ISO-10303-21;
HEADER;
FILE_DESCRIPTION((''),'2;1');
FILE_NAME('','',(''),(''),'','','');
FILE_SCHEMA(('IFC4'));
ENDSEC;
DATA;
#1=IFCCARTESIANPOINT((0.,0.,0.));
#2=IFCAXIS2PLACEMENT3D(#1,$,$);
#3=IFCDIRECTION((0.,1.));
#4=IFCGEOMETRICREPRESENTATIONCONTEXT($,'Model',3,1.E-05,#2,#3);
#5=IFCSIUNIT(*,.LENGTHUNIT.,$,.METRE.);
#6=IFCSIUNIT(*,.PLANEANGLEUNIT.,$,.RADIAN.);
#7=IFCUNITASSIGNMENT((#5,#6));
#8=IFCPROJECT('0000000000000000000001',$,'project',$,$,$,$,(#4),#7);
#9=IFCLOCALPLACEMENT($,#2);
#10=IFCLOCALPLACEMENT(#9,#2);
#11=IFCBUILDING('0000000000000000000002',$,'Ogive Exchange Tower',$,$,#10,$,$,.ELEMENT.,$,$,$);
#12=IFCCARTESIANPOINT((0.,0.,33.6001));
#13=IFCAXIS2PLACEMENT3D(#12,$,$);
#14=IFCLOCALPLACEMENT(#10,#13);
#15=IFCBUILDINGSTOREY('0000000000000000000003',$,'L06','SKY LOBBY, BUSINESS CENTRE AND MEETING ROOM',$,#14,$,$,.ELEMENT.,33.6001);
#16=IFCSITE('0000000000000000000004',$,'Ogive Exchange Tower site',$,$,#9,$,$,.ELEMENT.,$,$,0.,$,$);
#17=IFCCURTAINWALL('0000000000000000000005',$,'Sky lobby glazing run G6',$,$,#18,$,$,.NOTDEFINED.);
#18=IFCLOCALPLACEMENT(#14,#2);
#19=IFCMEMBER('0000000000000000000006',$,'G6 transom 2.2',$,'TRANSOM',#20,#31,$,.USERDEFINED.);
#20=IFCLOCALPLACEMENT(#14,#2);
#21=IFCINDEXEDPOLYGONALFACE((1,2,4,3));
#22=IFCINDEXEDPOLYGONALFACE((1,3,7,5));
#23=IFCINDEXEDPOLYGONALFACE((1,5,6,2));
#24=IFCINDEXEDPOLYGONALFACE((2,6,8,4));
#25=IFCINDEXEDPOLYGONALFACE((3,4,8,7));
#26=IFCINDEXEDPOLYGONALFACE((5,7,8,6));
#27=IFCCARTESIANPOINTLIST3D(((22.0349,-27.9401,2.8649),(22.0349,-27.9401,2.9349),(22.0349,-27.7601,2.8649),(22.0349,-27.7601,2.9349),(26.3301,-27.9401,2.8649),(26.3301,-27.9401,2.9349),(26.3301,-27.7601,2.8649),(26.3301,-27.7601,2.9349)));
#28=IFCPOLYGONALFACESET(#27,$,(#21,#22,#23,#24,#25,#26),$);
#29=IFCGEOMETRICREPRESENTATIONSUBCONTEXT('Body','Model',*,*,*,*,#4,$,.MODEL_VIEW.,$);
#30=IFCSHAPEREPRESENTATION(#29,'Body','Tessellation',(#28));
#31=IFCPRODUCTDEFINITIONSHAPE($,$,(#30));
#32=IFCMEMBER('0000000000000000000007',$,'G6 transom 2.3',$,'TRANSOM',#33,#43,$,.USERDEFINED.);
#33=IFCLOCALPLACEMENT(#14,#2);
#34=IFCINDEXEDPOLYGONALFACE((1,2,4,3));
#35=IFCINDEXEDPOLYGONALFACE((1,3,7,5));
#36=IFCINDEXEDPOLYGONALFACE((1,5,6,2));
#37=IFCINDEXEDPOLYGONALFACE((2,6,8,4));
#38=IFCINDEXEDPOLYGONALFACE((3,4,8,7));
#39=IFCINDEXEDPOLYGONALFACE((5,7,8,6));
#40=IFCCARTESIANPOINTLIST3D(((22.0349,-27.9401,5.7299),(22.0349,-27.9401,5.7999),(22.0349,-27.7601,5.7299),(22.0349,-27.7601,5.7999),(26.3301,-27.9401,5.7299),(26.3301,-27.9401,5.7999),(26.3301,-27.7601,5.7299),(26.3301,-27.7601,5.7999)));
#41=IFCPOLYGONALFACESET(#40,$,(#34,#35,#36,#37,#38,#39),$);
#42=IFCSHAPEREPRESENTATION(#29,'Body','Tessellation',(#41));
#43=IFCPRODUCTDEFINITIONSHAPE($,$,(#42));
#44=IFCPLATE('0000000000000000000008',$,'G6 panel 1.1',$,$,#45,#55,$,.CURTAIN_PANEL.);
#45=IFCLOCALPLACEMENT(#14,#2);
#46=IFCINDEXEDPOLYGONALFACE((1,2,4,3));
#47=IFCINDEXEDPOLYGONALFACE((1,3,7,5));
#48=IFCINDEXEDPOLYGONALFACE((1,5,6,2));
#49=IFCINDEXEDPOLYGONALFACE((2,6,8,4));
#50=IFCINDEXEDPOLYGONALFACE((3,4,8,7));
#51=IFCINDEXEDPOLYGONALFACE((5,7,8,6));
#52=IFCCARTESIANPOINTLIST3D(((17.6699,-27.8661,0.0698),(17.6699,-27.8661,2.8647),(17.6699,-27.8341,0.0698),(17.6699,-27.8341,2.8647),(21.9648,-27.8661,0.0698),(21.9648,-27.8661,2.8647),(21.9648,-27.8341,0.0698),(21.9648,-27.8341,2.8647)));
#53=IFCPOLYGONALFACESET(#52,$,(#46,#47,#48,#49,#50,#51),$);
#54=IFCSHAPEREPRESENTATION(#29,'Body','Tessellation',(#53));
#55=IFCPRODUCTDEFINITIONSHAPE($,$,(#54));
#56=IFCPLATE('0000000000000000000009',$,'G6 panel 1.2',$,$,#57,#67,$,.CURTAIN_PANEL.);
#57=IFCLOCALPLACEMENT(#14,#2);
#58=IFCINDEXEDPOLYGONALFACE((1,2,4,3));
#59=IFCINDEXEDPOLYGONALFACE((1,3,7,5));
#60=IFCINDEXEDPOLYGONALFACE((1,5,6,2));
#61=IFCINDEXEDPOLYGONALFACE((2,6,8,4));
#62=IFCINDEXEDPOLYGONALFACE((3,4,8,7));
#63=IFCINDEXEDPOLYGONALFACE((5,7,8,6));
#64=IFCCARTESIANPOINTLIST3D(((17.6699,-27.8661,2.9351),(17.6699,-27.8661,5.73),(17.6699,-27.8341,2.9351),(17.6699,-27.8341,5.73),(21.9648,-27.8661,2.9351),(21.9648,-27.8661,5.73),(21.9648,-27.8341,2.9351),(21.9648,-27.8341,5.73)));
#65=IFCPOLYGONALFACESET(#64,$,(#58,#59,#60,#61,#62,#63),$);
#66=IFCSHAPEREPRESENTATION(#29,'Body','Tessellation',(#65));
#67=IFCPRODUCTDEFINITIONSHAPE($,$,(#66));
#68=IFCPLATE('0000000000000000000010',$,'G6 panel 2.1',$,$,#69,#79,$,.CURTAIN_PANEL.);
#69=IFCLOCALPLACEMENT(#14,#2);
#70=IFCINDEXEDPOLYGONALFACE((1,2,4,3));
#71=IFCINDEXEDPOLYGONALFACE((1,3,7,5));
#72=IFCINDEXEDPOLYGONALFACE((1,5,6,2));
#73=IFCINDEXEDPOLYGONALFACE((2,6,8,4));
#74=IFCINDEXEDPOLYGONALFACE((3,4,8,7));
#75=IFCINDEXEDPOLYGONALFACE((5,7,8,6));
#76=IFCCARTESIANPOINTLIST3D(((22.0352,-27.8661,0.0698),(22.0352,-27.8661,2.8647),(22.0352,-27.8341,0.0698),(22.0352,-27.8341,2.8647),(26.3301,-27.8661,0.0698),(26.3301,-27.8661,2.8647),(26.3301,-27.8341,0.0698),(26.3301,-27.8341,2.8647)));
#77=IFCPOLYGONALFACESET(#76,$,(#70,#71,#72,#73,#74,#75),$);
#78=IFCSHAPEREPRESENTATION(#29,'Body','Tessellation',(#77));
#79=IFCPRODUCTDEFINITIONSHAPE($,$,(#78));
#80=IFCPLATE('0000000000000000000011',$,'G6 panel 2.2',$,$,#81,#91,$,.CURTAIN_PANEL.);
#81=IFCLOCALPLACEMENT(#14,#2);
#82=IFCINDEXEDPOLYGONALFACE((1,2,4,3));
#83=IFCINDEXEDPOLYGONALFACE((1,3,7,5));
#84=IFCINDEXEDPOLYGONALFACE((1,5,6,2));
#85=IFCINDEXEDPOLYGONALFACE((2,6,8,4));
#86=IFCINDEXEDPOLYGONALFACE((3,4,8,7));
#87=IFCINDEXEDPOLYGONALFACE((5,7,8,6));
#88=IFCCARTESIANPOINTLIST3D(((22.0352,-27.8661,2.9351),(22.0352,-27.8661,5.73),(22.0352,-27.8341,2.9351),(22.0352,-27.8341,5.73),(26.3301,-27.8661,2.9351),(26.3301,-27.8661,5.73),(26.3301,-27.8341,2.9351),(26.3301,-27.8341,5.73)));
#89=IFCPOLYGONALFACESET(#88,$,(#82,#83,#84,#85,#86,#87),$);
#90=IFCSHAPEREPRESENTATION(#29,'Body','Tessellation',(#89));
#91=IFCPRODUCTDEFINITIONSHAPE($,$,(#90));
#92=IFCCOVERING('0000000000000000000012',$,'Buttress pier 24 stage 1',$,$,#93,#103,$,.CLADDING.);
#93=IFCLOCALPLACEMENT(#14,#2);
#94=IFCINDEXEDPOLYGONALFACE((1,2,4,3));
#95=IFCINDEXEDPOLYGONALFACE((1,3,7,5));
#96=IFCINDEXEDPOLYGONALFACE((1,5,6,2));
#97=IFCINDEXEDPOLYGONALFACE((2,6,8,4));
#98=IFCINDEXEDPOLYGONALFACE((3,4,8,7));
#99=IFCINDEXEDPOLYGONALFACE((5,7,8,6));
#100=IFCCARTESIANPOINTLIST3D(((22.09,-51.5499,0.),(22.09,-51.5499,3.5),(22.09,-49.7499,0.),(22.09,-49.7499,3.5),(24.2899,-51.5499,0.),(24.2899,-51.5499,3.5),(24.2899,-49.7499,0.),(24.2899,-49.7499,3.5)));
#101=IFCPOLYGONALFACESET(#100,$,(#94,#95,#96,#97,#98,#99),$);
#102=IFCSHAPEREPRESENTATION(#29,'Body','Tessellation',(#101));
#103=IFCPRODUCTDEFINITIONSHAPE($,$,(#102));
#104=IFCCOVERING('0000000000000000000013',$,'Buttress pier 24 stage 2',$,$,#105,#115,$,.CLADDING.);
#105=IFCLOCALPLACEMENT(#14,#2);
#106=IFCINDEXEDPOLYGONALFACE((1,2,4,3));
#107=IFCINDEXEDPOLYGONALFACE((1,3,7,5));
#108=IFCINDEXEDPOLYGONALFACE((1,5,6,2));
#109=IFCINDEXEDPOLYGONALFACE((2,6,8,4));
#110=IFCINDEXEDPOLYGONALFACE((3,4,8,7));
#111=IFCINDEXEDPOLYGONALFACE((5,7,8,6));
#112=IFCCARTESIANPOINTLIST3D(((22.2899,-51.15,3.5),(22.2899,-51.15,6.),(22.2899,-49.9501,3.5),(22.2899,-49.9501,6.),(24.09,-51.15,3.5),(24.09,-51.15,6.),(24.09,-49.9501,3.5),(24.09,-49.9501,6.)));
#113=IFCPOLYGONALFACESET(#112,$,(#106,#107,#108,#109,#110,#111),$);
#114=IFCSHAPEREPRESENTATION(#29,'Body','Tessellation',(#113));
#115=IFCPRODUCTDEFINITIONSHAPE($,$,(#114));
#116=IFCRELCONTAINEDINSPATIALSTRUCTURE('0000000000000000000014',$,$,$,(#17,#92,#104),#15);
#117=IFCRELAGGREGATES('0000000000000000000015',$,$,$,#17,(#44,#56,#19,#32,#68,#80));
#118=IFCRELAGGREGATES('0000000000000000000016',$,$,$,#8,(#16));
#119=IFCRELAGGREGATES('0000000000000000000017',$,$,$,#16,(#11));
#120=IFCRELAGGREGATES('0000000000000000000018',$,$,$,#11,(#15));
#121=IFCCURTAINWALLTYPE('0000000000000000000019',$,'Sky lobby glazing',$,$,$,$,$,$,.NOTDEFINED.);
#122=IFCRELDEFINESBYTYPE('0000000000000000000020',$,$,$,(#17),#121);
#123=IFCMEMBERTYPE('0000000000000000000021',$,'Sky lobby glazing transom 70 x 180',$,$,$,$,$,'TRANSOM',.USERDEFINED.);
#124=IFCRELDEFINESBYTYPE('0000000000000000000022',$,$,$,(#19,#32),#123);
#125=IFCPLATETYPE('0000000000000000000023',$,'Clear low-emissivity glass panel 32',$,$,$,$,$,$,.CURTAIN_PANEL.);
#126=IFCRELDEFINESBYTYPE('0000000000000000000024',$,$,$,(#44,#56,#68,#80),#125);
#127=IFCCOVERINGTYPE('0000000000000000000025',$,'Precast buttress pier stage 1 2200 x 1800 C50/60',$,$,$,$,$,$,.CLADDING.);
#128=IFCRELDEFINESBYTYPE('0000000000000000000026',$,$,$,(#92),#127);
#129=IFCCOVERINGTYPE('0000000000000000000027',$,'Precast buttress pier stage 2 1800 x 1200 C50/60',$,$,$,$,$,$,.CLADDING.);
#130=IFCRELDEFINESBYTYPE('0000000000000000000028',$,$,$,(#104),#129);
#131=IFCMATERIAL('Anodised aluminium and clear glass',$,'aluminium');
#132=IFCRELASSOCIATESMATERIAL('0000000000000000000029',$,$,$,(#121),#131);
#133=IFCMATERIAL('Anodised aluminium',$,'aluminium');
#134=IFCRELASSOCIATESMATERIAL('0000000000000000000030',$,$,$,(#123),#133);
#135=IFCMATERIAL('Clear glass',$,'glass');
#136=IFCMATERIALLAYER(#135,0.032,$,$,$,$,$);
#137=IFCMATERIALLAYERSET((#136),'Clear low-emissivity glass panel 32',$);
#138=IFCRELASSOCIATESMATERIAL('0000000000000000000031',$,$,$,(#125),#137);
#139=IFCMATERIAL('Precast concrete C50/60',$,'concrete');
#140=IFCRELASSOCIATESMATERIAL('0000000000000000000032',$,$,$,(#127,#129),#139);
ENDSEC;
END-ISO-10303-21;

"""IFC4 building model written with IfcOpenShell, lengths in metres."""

from ifc_helpers import new_model, si_unit, direction, frame, origin, origin_2d, place, context, subcontext, project, spatial, rectangle, extrude, material, layer, layer_set, material_profile, profile_set, type_object, element, aggregate, save


model = new_model("IFC4")

# Units and contexts
model_context = context("Model", 3, precision=1e-05, world=origin(), true_north=direction((0.0, 1.0)))
body_context = subcontext(model_context, "Body", "Model", "MODEL_VIEW")
ifc_project = project(units=[si_unit("LENGTHUNIT", "METRE"), si_unit("PLANEANGLEUNIT", "RADIAN")], contexts=[model_context])

# Site, building, storey
site_placement = place(None, origin())
site = spatial("IfcSite", under=ifc_project, at=site_placement, Name="Ogive Exchange Tower site", CompositionType="ELEMENT", RefElevation=0.0)
building_placement = place(site_placement, origin())
building = spatial("IfcBuilding", under=site, at=building_placement, Name="Ogive Exchange Tower", CompositionType="ELEMENT")
storey_placement = place(building_placement, frame((0.0, 0.0, 33.6001)))
storey = spatial("IfcBuildingStorey", under=building, at=storey_placement, Name="L06", Description="SKY LOBBY, BUSINESS CENTRE AND MEETING ROOM", CompositionType="ELEMENT", Elevation=33.6001)

# Curtain wall, members, plates
ifc_material_1 = material(Name="Anodised aluminium and clear glass", Category="aluminium")
curtain_wall_type = type_object("IfcCurtainWallType", Name="Sky lobby glazing", PredefinedType="NOTDEFINED", material=ifc_material_1)
curtain_wall_placement = place(storey_placement, origin())
curtain_wall = element("IfcCurtainWall", 1, at=curtain_wall_placement, inside=storey, type_object=curtain_wall_type, Name="Sky lobby glazing run G6", PredefinedType="NOTDEFINED")
ifc_material_2 = material(Name="Anodised aluminium", Category="aluminium")
ifc_material_profile_1 = material_profile(ifc_material_2, rectangle(XDim=0.1799, YDim=0.0701, at=origin_2d()), Name="AL 70x180")
ifc_profile_set_1 = profile_set([ifc_material_profile_1], Name="Anodised aluminium")
member_type_1 = type_object("IfcMemberType", Name="Sky lobby glazing transom 70 x 180", ElementType="TRANSOM", PredefinedType="USERDEFINED", material=ifc_profile_set_1)
member_1_placement = place(storey_placement, frame((22.0349, -27.8501, 2.8999), z_axis=(1.0, 0.0, 0.0), x_axis=(0.0, 1.0, 0.0)))
member_1 = element("IfcMember", 2, at=member_1_placement, type_object=member_type_1, Name="G6 transom 2.2", ObjectType="TRANSOM", PredefinedType="USERDEFINED", context=body_context, shape_type="SweptSolid", body=[
    extrude(rectangle(XDim=0.1799, YDim=0.0701, at=origin_2d()), origin(), (0.0, 0.0, 1.0), 4.2952),
])
member_2_placement = place(storey_placement, frame((22.0349, -27.8501, 5.7649), z_axis=(1.0, 0.0, 0.0), x_axis=(0.0, 1.0, 0.0)))
member_2 = element("IfcMember", 3, at=member_2_placement, type_object=member_type_1, Name="G6 transom 2.3", ObjectType="TRANSOM", PredefinedType="USERDEFINED", context=body_context, shape_type="SweptSolid", body=[
    extrude(rectangle(XDim=0.1799, YDim=0.0701, at=origin_2d()), origin(), (0.0, 0.0, 1.0), 4.2952),
])
ifc_material_3 = material(Name="Clear glass", Category="glass")
ifc_layer = layer(ifc_material_3, 0.032)
ifc_layer_set = layer_set([ifc_layer], Name="Clear low-emissivity glass panel 32")
plate_type = type_object("IfcPlateType", Name="Clear low-emissivity glass panel 32", PredefinedType="CURTAIN_PANEL", material=ifc_layer_set)
plate_1_placement = place(storey_placement, frame((19.8174, -27.8501, 0.0698), z_axis=(0.0, 0.0, 1.0), x_axis=(1.0, 0.0, 0.0)))
plate_1 = element("IfcPlate", 4, at=plate_1_placement, type_object=plate_type, Name="G6 panel 1.1", PredefinedType="CURTAIN_PANEL", context=body_context, shape_type="SweptSolid", body=[
    extrude(rectangle(XDim=4.2949, YDim=0.032, at=origin_2d()), origin(), (0.0, 0.0, 1.0), 2.7949),
])
plate_2_placement = place(storey_placement, frame((19.8174, -27.8501, 2.9351), z_axis=(0.0, 0.0, 1.0), x_axis=(1.0, 0.0, 0.0)))
plate_2 = element("IfcPlate", 5, at=plate_2_placement, type_object=plate_type, Name="G6 panel 1.2", PredefinedType="CURTAIN_PANEL", context=body_context, shape_type="SweptSolid", body=[
    extrude(rectangle(XDim=4.2949, YDim=0.032, at=origin_2d()), origin(), (0.0, 0.0, 1.0), 2.7949),
])
plate_3_placement = place(storey_placement, frame((24.1826, -27.8501, 0.0698), z_axis=(0.0, 0.0, 1.0), x_axis=(1.0, 0.0, 0.0)))
plate_3 = element("IfcPlate", 6, at=plate_3_placement, type_object=plate_type, Name="G6 panel 2.1", PredefinedType="CURTAIN_PANEL", context=body_context, shape_type="SweptSolid", body=[
    extrude(rectangle(XDim=4.2949, YDim=0.032, at=origin_2d()), origin(), (0.0, 0.0, 1.0), 2.7949),
])
plate_4_placement = place(storey_placement, frame((24.1826, -27.8501, 2.9351), z_axis=(0.0, 0.0, 1.0), x_axis=(1.0, 0.0, 0.0)))
plate_4 = element("IfcPlate", 7, at=plate_4_placement, type_object=plate_type, Name="G6 panel 2.2", PredefinedType="CURTAIN_PANEL", context=body_context, shape_type="SweptSolid", body=[
    extrude(rectangle(XDim=4.2949, YDim=0.032, at=origin_2d()), origin(), (0.0, 0.0, 1.0), 2.7949),
])
aggregate(curtain_wall, [plate_1, plate_2, member_1, member_2, plate_3, plate_4])

# Coverings
ifc_material_4 = material(Name="Precast concrete C50/60", Category="concrete")
ifc_material_profile_2 = material_profile(ifc_material_4, rectangle(XDim=2.2, YDim=1.8, at=origin_2d()), Name="BUTTRESS PIER 1 2200 x 1800")
ifc_profile_set_2 = profile_set([ifc_material_profile_2], Name="Precast concrete C50/60")
covering_type_1 = type_object("IfcCoveringType", Name="Precast buttress pier stage 1 2200 x 1800 C50/60", PredefinedType="CLADDING", material=ifc_profile_set_2)
covering_1_placement = place(storey_placement, frame((23.1899, -50.6499, 0.0), z_axis=(0.0, 0.0, 1.0), x_axis=(1.0, 0.0, 0.0)))
element("IfcCovering", 8, at=covering_1_placement, inside=storey, type_object=covering_type_1, Name="Buttress pier 24 stage 1", PredefinedType="CLADDING", context=body_context, shape_type="SweptSolid", body=[
    extrude(rectangle(XDim=2.2, YDim=1.8, at=origin_2d()), origin(), (0.0, 0.0, 1.0), 3.5),
])
ifc_material_profile_3 = material_profile(ifc_material_4, rectangle(XDim=1.8, YDim=1.2, at=origin_2d()), Name="BUTTRESS PIER 2 1800 x 1200")
ifc_profile_set_3 = profile_set([ifc_material_profile_3], Name="Precast concrete C50/60")
covering_type_2 = type_object("IfcCoveringType", Name="Precast buttress pier stage 2 1800 x 1200 C50/60", PredefinedType="CLADDING", material=ifc_profile_set_3)
covering_2_placement = place(storey_placement, frame((23.1899, -50.55, 3.5), z_axis=(0.0, 0.0, 1.0), x_axis=(1.0, 0.0, 0.0)))
element("IfcCovering", 9, at=covering_2_placement, inside=storey, type_object=covering_type_2, Name="Buttress pier 24 stage 2", PredefinedType="CLADDING", context=body_context, shape_type="SweptSolid", body=[
    extrude(rectangle(XDim=1.8, YDim=1.2, at=origin_2d()), origin(), (0.0, 0.0, 1.0), 2.5),
])

save(model, "model.ifc")
